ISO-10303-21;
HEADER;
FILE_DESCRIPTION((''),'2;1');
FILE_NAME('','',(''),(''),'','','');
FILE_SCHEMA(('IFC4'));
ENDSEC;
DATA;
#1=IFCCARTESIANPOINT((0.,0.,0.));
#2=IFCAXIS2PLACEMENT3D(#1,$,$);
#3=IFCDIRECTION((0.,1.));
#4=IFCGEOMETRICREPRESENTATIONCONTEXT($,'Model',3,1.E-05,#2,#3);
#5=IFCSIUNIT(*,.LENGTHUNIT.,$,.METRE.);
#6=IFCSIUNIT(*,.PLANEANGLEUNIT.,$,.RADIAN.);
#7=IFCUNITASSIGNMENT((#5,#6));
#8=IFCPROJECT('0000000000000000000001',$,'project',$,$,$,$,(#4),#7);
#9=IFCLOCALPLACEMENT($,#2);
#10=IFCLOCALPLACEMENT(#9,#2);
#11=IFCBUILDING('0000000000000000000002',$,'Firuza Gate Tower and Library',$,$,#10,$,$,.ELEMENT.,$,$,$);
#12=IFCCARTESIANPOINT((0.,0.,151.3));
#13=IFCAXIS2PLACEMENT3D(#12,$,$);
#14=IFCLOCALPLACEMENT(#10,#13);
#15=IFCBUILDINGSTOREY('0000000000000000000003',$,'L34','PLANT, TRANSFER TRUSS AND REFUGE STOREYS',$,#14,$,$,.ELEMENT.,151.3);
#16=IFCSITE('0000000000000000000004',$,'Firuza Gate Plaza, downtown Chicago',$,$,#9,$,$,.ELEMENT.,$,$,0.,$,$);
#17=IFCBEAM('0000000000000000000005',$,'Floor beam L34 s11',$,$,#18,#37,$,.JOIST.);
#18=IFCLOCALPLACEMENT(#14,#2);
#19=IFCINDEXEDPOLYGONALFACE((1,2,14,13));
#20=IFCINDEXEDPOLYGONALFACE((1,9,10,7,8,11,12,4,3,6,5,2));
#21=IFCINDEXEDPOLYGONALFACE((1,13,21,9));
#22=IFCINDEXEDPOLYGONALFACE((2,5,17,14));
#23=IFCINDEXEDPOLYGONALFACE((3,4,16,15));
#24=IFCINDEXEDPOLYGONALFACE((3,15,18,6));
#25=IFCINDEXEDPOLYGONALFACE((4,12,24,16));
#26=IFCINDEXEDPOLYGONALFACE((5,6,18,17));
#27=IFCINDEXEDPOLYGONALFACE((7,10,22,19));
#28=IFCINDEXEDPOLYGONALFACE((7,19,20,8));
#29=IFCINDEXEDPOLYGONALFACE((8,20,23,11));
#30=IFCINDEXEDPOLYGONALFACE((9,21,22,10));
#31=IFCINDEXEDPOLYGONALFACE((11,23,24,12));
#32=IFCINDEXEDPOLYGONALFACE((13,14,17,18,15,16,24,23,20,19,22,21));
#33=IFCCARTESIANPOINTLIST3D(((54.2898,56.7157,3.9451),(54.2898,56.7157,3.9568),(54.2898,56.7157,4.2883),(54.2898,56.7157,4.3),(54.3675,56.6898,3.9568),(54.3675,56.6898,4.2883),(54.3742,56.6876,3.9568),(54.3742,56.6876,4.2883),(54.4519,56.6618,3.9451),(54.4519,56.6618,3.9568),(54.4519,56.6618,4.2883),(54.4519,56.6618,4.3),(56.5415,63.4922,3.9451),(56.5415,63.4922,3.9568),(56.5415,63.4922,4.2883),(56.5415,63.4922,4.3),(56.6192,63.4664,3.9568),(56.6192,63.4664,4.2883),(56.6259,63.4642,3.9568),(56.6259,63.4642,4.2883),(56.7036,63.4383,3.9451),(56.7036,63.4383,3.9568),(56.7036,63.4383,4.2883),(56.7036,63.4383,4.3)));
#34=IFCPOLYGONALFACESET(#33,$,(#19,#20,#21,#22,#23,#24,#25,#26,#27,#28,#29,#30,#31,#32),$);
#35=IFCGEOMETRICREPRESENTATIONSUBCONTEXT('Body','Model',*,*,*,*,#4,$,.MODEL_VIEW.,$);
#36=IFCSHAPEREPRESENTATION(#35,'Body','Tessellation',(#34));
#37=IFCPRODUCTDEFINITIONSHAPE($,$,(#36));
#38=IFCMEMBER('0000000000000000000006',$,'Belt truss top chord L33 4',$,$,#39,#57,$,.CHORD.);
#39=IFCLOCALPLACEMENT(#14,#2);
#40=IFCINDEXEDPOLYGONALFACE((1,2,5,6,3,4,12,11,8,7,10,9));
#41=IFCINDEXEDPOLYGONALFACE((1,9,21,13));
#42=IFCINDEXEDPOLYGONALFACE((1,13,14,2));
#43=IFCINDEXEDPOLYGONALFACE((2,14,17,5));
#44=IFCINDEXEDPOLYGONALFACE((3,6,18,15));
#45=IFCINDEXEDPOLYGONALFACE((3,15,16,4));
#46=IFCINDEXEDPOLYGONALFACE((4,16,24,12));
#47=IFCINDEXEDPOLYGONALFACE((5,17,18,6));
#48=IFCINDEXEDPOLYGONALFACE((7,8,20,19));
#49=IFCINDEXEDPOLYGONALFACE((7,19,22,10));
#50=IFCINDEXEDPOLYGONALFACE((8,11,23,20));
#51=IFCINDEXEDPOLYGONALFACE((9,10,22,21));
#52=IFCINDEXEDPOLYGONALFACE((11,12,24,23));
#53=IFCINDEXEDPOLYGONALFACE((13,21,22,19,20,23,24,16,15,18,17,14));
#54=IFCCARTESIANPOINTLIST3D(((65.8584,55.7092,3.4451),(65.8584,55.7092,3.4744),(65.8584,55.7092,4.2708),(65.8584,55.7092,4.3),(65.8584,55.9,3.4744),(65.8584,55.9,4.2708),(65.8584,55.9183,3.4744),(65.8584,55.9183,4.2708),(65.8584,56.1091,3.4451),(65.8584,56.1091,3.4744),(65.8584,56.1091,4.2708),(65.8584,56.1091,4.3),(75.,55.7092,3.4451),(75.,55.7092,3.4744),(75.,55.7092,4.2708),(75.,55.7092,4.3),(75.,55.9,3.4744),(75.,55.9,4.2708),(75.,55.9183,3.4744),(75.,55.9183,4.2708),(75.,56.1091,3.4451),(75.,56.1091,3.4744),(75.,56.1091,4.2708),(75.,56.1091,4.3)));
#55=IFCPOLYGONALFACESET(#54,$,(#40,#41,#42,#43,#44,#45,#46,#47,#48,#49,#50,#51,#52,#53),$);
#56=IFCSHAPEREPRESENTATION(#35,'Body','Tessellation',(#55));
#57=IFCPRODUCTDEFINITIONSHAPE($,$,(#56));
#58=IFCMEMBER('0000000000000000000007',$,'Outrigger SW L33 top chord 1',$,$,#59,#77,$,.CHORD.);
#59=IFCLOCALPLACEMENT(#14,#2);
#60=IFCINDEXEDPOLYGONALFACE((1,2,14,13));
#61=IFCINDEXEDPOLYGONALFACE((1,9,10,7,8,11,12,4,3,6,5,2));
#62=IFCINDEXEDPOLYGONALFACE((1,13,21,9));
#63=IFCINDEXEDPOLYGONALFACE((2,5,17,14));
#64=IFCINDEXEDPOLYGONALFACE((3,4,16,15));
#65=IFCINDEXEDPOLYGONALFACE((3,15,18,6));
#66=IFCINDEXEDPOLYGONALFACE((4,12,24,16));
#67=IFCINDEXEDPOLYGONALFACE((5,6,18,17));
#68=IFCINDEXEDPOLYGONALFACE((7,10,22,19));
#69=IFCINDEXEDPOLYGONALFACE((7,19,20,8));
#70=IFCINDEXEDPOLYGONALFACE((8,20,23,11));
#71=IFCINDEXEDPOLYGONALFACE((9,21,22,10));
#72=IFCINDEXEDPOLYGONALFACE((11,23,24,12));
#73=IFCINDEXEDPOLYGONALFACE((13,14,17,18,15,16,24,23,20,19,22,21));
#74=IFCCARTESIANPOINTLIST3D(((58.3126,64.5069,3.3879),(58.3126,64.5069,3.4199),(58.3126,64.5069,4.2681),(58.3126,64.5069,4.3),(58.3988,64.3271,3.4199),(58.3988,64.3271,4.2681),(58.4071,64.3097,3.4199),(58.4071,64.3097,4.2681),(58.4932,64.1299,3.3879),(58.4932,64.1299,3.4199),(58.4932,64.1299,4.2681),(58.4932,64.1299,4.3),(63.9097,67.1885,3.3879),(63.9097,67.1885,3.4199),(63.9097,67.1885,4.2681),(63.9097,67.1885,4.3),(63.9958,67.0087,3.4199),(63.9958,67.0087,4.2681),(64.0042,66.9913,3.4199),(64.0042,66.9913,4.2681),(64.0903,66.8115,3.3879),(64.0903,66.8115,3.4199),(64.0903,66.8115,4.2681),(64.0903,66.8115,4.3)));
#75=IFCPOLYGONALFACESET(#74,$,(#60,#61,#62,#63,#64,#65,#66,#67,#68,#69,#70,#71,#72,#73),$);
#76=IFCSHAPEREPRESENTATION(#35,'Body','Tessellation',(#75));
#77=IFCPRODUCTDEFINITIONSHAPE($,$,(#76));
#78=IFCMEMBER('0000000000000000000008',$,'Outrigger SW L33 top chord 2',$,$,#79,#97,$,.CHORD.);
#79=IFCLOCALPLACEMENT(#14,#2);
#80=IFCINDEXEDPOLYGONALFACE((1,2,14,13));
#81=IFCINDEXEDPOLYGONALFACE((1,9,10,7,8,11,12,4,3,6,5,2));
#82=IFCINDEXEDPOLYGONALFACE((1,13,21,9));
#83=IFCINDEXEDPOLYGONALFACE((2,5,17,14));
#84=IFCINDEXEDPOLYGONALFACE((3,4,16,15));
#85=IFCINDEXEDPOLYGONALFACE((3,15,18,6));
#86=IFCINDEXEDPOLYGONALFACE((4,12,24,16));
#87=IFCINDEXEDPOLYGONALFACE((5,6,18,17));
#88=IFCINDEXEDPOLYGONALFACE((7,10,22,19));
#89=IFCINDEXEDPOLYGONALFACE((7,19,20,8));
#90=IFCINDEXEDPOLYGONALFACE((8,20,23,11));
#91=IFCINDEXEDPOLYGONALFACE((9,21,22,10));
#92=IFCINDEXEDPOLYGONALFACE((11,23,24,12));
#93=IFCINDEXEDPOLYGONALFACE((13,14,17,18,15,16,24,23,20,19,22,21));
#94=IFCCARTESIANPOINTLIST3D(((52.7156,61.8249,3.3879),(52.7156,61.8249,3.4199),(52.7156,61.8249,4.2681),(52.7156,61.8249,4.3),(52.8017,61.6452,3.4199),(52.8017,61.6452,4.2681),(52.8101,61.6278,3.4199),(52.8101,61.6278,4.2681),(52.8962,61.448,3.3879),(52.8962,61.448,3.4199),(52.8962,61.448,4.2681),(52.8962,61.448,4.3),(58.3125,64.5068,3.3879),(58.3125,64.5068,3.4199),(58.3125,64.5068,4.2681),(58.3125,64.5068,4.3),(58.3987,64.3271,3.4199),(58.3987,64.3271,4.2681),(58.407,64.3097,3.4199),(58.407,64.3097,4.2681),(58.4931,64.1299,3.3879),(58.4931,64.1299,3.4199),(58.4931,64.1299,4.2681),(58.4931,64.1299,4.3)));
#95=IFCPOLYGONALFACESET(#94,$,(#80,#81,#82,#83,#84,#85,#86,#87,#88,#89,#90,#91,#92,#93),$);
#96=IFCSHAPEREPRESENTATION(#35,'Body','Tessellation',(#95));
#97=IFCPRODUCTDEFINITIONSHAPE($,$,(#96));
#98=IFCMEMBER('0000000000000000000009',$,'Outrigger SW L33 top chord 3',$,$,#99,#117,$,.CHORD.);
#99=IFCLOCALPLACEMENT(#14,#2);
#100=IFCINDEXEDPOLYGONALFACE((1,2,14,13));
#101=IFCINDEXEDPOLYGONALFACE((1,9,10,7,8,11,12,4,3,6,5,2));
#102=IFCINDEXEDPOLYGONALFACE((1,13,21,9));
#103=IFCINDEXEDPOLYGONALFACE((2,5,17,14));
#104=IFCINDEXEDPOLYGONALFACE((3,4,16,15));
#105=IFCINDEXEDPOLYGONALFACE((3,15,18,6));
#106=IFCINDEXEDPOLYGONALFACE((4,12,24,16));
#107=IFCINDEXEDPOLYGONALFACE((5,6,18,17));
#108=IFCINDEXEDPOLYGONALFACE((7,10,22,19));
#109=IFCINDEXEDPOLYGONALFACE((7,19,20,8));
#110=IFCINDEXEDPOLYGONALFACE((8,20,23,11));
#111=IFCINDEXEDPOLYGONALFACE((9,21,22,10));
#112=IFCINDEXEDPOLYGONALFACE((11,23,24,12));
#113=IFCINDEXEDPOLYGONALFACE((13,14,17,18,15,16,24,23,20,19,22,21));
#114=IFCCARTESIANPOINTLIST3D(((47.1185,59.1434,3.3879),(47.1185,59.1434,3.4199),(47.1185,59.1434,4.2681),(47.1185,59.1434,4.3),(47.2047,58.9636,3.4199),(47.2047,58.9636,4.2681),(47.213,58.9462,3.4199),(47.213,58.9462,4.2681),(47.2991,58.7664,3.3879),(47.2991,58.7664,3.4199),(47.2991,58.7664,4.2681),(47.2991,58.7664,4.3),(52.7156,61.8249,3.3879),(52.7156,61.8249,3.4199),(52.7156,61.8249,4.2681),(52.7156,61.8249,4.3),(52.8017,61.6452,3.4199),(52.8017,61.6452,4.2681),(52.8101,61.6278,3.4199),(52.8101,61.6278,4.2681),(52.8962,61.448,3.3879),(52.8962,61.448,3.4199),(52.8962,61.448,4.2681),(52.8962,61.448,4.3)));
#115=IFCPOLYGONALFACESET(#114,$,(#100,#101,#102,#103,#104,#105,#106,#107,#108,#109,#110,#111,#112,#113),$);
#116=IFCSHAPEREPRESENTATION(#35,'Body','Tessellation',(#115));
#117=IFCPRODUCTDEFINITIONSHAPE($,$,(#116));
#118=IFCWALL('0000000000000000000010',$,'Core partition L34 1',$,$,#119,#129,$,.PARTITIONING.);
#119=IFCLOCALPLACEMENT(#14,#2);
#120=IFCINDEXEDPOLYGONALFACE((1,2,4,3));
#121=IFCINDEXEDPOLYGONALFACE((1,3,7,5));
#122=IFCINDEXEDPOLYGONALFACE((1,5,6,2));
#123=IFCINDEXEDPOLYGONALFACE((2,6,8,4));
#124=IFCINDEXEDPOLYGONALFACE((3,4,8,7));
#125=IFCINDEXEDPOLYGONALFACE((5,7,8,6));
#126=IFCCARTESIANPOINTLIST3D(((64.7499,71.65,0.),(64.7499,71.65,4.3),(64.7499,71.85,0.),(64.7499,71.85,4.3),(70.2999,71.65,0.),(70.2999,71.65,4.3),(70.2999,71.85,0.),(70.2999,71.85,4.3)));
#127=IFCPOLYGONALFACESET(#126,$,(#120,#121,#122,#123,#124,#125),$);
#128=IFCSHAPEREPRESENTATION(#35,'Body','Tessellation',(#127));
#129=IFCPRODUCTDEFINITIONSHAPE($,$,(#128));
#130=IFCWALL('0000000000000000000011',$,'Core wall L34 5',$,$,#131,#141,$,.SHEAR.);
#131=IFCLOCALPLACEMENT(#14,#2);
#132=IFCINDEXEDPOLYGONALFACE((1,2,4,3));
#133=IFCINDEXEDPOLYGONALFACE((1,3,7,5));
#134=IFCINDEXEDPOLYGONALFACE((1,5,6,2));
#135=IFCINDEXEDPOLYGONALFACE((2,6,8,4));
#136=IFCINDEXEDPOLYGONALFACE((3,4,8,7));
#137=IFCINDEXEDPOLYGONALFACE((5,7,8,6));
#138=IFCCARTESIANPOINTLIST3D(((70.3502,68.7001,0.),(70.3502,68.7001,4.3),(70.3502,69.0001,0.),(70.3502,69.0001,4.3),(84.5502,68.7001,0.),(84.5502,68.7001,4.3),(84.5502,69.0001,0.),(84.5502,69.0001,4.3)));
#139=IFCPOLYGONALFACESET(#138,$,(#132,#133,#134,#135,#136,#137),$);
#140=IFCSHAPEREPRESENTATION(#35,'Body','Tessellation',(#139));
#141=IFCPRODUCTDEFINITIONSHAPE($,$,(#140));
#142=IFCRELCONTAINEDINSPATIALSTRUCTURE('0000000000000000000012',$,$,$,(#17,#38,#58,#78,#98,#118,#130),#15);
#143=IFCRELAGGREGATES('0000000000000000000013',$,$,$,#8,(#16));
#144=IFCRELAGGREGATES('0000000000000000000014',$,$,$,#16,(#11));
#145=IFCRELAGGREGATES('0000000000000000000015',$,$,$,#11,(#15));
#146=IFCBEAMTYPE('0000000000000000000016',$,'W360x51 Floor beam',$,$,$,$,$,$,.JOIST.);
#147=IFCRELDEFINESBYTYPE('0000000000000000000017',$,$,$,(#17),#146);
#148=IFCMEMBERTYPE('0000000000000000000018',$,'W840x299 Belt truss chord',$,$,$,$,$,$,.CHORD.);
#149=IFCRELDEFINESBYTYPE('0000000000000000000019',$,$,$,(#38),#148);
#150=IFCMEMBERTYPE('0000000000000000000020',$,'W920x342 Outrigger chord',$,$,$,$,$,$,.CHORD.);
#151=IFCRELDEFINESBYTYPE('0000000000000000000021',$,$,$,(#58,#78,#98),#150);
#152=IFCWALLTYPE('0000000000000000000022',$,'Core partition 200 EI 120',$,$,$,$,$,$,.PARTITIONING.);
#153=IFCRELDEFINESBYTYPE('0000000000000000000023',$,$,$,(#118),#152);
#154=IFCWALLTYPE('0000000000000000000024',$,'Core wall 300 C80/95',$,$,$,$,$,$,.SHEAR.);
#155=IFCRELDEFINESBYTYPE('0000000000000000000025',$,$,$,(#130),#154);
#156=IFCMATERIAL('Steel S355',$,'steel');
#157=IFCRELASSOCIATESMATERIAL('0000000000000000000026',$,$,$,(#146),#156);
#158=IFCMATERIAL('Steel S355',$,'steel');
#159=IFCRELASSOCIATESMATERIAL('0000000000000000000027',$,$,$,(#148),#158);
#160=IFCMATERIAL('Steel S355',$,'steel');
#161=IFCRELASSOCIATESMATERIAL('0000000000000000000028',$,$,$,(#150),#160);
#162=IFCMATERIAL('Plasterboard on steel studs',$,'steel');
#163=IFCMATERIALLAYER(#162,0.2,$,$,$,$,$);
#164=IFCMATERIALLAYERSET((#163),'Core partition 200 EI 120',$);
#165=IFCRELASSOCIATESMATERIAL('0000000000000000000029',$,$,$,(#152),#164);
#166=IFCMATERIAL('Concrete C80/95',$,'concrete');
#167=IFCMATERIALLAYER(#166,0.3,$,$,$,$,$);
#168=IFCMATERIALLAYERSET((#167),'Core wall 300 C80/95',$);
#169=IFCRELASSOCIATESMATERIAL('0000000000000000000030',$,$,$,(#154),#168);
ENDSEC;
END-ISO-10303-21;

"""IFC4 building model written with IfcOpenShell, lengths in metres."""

from ifc_helpers import new_model, si_unit, direction, frame, frame_2d, origin, origin_2d, place, context, subcontext, project, spatial, rectangle, i_section, extrude, material, layer, layer_set, material_profile, profile_set, type_object, element, save


model = new_model("IFC4")

# Units and contexts
model_context = context("Model", 3, precision=1e-05, world=origin(), true_north=direction((0.0, 1.0)))
body_context = subcontext(model_context, "Body", "Model", "MODEL_VIEW")
ifc_project = project(units=[si_unit("LENGTHUNIT", "METRE"), si_unit("PLANEANGLEUNIT", "RADIAN")], contexts=[model_context])

# Site, building, storey
site_placement = place(None, origin())
site = spatial("IfcSite", under=ifc_project, at=site_placement, Name="Firuza Gate Plaza, downtown Chicago", CompositionType="ELEMENT", RefElevation=0.0)
building_placement = place(site_placement, origin())
building = spatial("IfcBuilding", under=site, at=building_placement, Name="Firuza Gate Tower and Library", CompositionType="ELEMENT")
storey_placement = place(building_placement, frame((0.0, 0.0, 151.3)))
storey = spatial("IfcBuildingStorey", under=building, at=storey_placement, Name="L34", Description="PLANT, TRANSFER TRUSS AND REFUGE STOREYS", CompositionType="ELEMENT", Elevation=151.3)

# Beam
ifc_material_1 = material(Name="Steel S355", Category="steel")
ifc_material_profile_1 = material_profile(ifc_material_1, i_section(OverallWidth=0.1709, OverallDepth=0.355, WebThickness=0.0071, FlangeThickness=0.0117, at=origin_2d()))
ifc_profile_set_1 = profile_set([ifc_material_profile_1], Name="Steel S355")
beam_type = type_object("IfcBeamType", Name="W360x51 Floor beam", PredefinedType="JOIST", material=ifc_profile_set_1)
beam_placement = place(storey_placement, frame((54.3708, 56.6887, 4.1226), z_axis=(0.315325, 0.948984, 0.0), x_axis=(-0.948984, 0.315325, 0.0)))
element("IfcBeam", 1, at=beam_placement, inside=storey, type_object=beam_type, Name="Floor beam L34 s11", PredefinedType="JOIST", context=body_context, shape_type="SweptSolid", body=[
    extrude(i_section(OverallWidth=0.1709, OverallDepth=0.355, WebThickness=0.0071, FlangeThickness=0.0117, at=origin_2d()), origin(), (0.0, 0.0, 1.0), 7.1409),
])

# Members
ifc_material_2 = material(Name="Steel S355", Category="steel")
ifc_material_profile_2 = material_profile(ifc_material_2, i_section(OverallWidth=0.3999, OverallDepth=0.855, WebThickness=0.0183, FlangeThickness=0.0293, at=origin_2d()))
ifc_profile_set_2 = profile_set([ifc_material_profile_2], Name="Steel S355")
member_type_1 = type_object("IfcMemberType", Name="W840x299 Belt truss chord", PredefinedType="CHORD", material=ifc_profile_set_2)
member_placement = place(storey_placement, frame((65.8584, 55.9092, 3.8726), z_axis=(1.0, 0.0, 0.0), x_axis=(0.0, 1.0, 0.0)))
element("IfcMember", 2, at=member_placement, inside=storey, type_object=member_type_1, Name="Belt truss top chord L33 4", PredefinedType="CHORD", context=body_context, shape_type="SweptSolid", body=[
    extrude(i_section(OverallWidth=0.3999, OverallDepth=0.855, WebThickness=0.0183, FlangeThickness=0.0293, at=origin_2d()), origin(), (0.0, 0.0, 1.0), 9.1416),
])
ifc_material_3 = material(Name="Steel S355", Category="steel")
ifc_material_profile_3 = material_profile(ifc_material_3, i_section(OverallWidth=0.418, OverallDepth=0.9121, WebThickness=0.0193, FlangeThickness=0.032, at=origin_2d()))
ifc_profile_set_3 = profile_set([ifc_material_profile_3], Name="Steel S355")
member_type_2 = type_object("IfcMemberType", Name="W920x342 Outrigger chord", PredefinedType="CHORD", material=ifc_profile_set_3)
for number, where, z_axis, x_axis, name in (
    (3, (64.0, 67.0, 3.844), (-0.901837, -0.432076, 0.0), (0.432076, -0.901837, 0.0), "Outrigger SW L33 top chord 1"),
    (4, (58.4028, 64.3184, 3.844), (-0.901814, -0.432124, 0.0), (0.432124, -0.901814, 0.0), "Outrigger SW L33 top chord 2"),
    (5, (52.8059, 61.6365, 3.844), (-0.901837, -0.432076, 0.0), (0.432076, -0.901837, 0.0), "Outrigger SW L33 top chord 3"),
):
    element("IfcMember", number, at=place(storey_placement, frame(where, z_axis=z_axis, x_axis=x_axis)), inside=storey, type_object=member_type_2, Name=name, PredefinedType="CHORD", context=body_context, shape_type="SweptSolid", body=[
        extrude(i_section(OverallWidth=0.418, OverallDepth=0.9121, WebThickness=0.0193, FlangeThickness=0.032, at=origin_2d()), origin(), (0.0, 0.0, 1.0), 6.2063),
    ])

# Walls
ifc_material_4 = material(Name="Plasterboard on steel studs", Category="steel")
ifc_layer_1 = layer(ifc_material_4, 0.2)
ifc_layer_set_1 = layer_set([ifc_layer_1], Name="Core partition 200 EI 120")
wall_type_1 = type_object("IfcWallType", Name="Core partition 200 EI 120", PredefinedType="PARTITIONING", material=ifc_layer_set_1)
wall_1_placement = place(storey_placement, frame((64.75, 71.75, 0.0), z_axis=(0.0, 0.0, 1.0), x_axis=(1.0, 0.0, 0.0)))
element("IfcWall", 6, at=wall_1_placement, inside=storey, type_object=wall_type_1, Name="Core partition L34 1", PredefinedType="PARTITIONING", context=body_context, shape_type="SweptSolid", body=[
    extrude(rectangle(XDim=5.55, YDim=0.2, at=frame_2d((2.7749, 0.0))), origin(), (0.0, 0.0, 1.0), 4.3),
])
ifc_material_5 = material(Name="Concrete C80/95", Category="concrete")
ifc_layer_2 = layer(ifc_material_5, 0.3)
ifc_layer_set_2 = layer_set([ifc_layer_2], Name="Core wall 300 C80/95")
wall_type_2 = type_object("IfcWallType", Name="Core wall 300 C80/95", PredefinedType="SHEAR", material=ifc_layer_set_2)
wall_2_placement = place(storey_placement, frame((70.3501, 68.8501, 0.0), z_axis=(0.0, 0.0, 1.0), x_axis=(1.0, 0.0, 0.0)))
element("IfcWall", 7, at=wall_2_placement, inside=storey, type_object=wall_type_2, Name="Core wall L34 5", PredefinedType="SHEAR", context=body_context, shape_type="SweptSolid", body=[
    extrude(rectangle(XDim=14.2, YDim=0.3, at=frame_2d((7.1001, 0.0))), origin(), (0.0, 0.0, 1.0), 4.3),
])

save(model, "model.ifc")
